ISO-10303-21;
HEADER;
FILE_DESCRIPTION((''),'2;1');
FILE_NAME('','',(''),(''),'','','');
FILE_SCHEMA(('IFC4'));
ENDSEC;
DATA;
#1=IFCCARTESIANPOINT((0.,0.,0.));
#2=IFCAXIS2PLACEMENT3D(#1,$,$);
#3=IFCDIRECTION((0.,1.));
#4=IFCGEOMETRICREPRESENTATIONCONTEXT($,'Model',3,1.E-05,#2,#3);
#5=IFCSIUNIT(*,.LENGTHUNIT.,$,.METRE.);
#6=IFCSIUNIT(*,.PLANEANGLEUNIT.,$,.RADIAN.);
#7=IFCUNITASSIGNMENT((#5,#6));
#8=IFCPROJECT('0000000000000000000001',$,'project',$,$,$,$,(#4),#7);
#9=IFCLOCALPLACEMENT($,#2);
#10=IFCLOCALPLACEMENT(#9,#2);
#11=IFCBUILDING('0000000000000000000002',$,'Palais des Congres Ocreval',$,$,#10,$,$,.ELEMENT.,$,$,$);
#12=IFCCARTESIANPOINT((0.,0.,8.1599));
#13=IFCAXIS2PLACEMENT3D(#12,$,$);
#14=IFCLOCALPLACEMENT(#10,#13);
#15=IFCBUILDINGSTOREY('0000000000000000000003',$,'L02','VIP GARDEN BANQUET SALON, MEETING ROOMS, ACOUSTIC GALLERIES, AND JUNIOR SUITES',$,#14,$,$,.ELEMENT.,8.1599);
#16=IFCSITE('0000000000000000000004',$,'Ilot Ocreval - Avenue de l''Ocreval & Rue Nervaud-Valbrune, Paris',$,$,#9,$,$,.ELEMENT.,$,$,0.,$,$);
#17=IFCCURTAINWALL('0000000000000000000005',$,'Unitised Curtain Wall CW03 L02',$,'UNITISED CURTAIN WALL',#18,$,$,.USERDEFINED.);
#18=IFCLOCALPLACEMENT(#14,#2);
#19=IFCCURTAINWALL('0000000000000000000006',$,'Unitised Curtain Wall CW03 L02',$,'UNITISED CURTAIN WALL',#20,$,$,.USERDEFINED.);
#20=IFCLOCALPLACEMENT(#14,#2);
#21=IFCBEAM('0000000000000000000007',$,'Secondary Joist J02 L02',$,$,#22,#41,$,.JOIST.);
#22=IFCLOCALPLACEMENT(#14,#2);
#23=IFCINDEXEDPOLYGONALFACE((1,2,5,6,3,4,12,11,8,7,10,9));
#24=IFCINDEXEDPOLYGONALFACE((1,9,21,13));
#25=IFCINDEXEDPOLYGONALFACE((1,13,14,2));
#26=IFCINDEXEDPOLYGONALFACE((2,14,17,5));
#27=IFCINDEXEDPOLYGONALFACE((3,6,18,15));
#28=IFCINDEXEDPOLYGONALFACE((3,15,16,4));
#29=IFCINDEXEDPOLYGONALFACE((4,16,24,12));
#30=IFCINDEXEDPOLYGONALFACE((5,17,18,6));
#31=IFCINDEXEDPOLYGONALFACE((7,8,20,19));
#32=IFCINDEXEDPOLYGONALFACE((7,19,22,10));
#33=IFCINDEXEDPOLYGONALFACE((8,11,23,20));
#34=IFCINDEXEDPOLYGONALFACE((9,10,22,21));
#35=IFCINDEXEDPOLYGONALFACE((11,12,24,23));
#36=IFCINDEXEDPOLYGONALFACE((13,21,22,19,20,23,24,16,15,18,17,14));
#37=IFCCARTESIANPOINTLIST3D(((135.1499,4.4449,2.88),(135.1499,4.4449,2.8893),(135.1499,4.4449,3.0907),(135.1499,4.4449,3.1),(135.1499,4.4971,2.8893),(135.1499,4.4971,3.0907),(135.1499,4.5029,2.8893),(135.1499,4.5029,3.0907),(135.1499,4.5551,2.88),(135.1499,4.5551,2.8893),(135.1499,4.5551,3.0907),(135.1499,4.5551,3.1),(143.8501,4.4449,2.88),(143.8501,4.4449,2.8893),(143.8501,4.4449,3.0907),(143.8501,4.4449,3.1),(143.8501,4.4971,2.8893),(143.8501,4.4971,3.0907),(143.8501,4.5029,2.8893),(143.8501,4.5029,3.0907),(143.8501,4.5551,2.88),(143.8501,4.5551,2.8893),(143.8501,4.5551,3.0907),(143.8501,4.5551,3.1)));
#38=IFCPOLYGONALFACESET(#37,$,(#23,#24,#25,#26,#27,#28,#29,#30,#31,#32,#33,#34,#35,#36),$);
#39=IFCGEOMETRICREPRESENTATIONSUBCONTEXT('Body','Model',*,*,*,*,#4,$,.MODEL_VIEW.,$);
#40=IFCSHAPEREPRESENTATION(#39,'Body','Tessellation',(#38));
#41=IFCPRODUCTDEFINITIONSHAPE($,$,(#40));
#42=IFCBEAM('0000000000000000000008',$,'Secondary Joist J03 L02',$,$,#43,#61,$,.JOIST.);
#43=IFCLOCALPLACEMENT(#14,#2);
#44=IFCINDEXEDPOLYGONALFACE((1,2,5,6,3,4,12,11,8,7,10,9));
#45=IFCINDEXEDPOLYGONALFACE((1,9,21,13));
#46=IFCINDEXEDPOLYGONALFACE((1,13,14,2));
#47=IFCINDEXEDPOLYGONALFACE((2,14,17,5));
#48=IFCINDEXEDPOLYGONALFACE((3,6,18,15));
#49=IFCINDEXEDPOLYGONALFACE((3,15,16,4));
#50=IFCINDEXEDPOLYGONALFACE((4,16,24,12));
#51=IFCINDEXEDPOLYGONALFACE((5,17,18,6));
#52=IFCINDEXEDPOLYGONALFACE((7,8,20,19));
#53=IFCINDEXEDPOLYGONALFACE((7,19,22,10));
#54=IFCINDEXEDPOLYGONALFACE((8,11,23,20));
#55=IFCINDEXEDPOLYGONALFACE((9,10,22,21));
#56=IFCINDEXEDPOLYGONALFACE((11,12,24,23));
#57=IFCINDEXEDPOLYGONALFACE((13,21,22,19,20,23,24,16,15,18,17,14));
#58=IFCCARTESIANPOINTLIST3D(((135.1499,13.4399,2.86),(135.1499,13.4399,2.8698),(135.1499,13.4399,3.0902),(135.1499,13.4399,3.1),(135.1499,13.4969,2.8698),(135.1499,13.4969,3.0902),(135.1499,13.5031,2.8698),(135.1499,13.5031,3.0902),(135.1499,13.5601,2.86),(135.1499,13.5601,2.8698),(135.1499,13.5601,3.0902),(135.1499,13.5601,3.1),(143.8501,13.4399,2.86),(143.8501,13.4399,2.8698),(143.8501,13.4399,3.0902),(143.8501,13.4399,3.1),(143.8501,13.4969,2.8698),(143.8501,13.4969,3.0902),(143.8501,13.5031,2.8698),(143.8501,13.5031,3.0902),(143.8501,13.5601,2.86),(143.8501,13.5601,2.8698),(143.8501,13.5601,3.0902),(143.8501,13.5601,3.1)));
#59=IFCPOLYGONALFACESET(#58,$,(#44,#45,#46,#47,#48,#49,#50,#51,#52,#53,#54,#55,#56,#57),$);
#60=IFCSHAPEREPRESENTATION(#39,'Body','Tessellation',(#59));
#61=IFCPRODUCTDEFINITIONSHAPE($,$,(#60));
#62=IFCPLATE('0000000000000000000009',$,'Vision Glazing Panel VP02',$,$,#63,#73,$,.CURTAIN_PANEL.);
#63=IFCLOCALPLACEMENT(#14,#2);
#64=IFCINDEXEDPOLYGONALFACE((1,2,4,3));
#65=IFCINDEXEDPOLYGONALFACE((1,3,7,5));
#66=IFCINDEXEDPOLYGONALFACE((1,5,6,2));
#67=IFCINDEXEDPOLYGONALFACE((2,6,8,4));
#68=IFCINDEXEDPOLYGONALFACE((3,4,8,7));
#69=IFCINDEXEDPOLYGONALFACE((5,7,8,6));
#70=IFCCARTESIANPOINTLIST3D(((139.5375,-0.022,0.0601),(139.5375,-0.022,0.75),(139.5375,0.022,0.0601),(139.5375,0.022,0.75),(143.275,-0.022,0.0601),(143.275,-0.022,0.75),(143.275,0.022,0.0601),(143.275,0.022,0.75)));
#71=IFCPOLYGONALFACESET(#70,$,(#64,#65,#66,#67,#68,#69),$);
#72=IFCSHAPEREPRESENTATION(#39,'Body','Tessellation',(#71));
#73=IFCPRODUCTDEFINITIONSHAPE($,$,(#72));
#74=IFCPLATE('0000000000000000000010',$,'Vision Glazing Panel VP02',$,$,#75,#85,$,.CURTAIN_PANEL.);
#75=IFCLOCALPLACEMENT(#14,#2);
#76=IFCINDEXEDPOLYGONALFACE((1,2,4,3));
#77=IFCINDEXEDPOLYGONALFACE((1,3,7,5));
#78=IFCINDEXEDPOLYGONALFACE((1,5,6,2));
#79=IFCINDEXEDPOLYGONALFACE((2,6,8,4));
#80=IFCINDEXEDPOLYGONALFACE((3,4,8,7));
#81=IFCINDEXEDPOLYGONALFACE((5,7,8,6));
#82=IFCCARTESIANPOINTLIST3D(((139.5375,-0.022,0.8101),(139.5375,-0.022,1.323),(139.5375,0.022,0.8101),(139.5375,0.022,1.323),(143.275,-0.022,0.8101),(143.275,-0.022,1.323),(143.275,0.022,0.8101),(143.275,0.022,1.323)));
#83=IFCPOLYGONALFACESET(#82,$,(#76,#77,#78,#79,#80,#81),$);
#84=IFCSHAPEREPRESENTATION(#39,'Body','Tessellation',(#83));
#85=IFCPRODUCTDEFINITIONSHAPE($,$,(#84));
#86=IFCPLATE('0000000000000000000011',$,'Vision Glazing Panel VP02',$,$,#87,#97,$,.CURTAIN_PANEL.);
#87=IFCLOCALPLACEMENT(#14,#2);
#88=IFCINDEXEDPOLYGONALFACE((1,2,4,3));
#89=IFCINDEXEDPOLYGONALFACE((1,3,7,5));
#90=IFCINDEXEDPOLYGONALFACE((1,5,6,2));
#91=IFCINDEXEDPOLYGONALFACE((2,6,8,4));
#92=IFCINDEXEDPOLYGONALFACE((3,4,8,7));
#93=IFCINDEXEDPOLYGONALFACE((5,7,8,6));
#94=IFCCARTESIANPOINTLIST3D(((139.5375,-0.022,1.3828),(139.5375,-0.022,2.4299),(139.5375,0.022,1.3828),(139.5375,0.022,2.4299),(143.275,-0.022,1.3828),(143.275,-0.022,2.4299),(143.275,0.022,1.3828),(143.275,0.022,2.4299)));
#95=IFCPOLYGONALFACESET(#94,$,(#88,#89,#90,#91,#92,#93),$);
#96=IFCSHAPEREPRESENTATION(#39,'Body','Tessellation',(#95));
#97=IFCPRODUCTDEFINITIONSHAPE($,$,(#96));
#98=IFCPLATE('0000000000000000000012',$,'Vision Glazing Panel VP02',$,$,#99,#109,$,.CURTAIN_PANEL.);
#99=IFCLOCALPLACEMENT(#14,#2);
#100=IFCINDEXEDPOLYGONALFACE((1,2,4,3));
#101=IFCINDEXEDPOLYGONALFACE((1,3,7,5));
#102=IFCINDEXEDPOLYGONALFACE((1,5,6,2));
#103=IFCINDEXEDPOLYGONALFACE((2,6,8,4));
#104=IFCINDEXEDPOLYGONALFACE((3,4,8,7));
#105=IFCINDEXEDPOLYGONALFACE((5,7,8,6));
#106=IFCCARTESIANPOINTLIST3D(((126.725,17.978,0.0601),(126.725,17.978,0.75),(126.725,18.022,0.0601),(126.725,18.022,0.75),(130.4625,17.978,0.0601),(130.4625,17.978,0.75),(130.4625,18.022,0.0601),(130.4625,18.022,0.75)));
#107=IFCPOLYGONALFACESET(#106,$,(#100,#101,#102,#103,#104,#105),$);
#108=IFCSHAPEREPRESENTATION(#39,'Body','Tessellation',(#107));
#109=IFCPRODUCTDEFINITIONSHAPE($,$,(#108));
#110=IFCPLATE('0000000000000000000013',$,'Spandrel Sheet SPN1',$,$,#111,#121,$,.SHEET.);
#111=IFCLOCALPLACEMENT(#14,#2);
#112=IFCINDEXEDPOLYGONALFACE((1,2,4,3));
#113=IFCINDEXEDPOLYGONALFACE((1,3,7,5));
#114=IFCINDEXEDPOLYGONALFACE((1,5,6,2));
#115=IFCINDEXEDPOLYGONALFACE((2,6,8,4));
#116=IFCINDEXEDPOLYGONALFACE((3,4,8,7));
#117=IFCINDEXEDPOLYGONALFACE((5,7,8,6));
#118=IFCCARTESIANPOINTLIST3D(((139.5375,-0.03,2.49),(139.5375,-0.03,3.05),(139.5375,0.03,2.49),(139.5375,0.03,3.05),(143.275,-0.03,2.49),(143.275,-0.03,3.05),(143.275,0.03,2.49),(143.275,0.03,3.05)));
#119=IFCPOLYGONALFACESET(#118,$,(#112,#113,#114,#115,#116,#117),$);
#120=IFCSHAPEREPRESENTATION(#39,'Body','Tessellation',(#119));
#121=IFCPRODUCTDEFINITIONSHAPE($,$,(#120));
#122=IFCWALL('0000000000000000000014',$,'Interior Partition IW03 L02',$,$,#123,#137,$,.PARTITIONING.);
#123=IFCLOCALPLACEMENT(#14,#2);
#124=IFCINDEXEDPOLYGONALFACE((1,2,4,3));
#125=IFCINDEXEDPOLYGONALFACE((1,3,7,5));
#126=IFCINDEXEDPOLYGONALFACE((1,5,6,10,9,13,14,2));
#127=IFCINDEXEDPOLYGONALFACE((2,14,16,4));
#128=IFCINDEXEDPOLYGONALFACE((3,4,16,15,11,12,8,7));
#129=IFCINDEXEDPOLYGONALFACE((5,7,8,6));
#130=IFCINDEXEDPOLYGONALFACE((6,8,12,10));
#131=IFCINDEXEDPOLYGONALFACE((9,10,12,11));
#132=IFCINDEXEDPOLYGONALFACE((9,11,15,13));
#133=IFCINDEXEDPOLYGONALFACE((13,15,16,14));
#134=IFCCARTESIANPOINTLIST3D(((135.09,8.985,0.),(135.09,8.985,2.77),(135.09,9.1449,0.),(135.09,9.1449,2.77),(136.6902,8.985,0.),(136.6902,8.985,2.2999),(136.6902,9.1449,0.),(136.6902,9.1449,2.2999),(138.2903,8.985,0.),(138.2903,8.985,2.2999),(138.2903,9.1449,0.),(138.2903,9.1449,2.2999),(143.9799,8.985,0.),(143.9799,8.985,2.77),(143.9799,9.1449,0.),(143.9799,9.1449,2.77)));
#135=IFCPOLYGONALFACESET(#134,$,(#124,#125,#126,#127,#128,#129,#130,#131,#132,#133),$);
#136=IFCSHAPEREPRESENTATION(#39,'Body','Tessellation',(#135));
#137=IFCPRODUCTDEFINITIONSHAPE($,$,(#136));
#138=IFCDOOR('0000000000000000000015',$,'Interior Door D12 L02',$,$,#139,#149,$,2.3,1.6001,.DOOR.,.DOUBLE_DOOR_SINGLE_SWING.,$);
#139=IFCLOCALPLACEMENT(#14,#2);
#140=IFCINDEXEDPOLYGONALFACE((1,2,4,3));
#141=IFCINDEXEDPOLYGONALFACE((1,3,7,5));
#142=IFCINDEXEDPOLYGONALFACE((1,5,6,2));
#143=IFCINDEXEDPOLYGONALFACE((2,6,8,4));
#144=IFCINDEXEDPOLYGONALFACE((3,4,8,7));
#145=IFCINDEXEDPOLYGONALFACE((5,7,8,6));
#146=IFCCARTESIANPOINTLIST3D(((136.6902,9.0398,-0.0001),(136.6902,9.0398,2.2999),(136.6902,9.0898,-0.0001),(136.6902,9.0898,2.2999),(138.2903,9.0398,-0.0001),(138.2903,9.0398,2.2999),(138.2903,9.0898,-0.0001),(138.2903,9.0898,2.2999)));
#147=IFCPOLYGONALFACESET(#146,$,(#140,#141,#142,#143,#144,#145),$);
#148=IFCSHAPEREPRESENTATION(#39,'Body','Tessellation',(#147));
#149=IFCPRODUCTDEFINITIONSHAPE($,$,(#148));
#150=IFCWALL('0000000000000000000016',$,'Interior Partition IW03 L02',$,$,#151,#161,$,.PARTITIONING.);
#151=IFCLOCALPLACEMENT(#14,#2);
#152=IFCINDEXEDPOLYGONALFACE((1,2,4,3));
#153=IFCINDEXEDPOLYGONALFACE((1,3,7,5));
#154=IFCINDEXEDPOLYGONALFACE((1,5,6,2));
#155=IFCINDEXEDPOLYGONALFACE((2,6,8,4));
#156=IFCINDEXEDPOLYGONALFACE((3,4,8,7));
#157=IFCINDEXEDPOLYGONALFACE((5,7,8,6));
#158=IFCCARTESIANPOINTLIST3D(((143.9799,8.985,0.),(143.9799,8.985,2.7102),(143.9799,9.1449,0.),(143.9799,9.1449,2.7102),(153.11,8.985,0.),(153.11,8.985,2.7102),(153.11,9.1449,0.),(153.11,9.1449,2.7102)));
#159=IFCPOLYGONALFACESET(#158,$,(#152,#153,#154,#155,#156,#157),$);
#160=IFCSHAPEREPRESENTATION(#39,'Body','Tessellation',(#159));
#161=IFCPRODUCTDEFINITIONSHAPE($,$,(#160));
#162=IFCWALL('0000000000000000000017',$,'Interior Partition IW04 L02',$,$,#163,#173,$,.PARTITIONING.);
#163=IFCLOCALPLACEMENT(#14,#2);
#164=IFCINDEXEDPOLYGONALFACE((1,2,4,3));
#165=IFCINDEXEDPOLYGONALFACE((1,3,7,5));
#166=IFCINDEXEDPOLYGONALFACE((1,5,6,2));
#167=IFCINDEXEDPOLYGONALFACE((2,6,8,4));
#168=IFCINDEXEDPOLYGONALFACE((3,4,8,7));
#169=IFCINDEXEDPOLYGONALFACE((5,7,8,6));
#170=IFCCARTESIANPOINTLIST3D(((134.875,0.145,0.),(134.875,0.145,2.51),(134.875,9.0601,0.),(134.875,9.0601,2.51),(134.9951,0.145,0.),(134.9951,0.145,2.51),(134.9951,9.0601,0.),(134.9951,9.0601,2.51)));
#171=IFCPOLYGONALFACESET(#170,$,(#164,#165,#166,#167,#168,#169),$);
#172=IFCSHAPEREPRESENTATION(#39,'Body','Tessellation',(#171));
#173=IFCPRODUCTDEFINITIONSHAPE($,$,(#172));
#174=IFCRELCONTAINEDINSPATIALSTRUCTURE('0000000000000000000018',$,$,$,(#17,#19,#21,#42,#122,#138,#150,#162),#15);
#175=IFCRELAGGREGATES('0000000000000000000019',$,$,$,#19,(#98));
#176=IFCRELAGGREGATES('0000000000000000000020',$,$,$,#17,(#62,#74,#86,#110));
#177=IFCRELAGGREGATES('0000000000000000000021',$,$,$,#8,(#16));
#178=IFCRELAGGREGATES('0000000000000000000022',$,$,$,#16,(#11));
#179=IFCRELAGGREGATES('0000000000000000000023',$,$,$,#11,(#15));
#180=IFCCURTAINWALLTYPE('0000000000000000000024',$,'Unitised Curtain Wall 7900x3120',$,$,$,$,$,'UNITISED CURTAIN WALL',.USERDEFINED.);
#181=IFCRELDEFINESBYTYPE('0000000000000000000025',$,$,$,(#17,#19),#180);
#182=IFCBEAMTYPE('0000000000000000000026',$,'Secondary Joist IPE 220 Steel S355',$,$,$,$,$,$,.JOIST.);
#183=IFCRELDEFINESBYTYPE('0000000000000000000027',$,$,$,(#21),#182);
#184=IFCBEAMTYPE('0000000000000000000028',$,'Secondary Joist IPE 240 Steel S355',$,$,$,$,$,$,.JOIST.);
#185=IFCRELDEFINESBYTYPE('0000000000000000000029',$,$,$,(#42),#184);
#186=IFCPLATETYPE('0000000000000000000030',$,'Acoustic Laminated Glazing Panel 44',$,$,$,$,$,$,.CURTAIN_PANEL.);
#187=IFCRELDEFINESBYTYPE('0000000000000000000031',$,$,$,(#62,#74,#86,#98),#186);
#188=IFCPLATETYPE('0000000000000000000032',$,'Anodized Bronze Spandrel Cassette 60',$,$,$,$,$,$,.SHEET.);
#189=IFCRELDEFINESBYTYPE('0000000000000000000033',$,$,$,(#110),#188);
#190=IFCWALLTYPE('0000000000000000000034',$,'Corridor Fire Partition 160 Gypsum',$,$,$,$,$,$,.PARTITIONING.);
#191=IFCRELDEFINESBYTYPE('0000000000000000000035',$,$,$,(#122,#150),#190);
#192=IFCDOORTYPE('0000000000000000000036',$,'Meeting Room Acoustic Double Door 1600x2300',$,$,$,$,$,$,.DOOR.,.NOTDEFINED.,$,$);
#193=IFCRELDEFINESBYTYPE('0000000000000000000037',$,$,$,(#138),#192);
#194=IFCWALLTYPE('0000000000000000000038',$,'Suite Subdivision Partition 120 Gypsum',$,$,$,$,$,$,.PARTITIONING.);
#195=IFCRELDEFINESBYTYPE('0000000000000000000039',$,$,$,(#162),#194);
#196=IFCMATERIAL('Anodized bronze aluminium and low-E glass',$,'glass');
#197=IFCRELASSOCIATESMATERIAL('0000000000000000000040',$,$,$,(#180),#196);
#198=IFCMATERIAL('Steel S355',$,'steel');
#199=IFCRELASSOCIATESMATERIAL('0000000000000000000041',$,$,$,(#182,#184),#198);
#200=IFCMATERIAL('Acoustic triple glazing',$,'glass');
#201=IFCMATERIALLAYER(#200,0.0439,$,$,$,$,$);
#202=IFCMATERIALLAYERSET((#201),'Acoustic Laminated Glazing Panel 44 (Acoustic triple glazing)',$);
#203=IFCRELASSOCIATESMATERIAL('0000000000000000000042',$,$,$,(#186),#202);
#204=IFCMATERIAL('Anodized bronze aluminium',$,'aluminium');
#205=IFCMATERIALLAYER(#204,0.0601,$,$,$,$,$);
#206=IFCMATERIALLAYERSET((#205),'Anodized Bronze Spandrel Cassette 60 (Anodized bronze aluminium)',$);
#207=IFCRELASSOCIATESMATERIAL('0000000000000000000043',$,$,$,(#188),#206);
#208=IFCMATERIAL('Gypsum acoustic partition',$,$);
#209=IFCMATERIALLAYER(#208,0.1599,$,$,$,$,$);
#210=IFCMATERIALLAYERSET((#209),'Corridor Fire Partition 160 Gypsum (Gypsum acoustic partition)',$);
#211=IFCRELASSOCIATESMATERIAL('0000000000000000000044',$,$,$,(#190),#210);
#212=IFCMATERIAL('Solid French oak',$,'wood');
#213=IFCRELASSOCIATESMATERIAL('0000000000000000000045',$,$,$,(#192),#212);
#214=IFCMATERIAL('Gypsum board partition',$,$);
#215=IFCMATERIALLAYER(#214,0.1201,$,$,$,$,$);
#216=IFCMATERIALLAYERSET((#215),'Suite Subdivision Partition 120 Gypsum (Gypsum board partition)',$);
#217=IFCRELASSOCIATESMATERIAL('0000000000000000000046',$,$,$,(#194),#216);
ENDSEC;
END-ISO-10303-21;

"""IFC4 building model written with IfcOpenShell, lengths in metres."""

from ifc_helpers import new_model, si_unit, direction, frame, frame_2d, origin, origin_2d, place, context, subcontext, project, spatial, rectangle, i_section, extrude, material, layer, layer_set, material_profile, profile_set, type_object, element, fill, aggregate, save


model = new_model("IFC4")

# Units and contexts
model_context = context("Model", 3, precision=1e-05, world=origin(), true_north=direction((0.0, 1.0)))
body_context = subcontext(model_context, "Body", "Model", "MODEL_VIEW")
ifc_project = project(units=[si_unit("LENGTHUNIT", "METRE"), si_unit("PLANEANGLEUNIT", "RADIAN")], contexts=[model_context])

# Site, building, storey
site_placement = place(None, origin())
site = spatial("IfcSite", under=ifc_project, at=site_placement, Name="Ilot Ocreval - Avenue de l'Ocreval & Rue Nervaud-Valbrune, Paris", CompositionType="ELEMENT", RefElevation=0.0)
building_placement = place(site_placement, origin())
building = spatial("IfcBuilding", under=site, at=building_placement, Name="Palais des Congres Ocreval", CompositionType="ELEMENT")
storey_placement = place(building_placement, frame((0.0, 0.0, 8.1599)))
storey = spatial("IfcBuildingStorey", under=building, at=storey_placement, Name="L02", Description="VIP GARDEN BANQUET SALON, MEETING ROOMS, ACOUSTIC GALLERIES, AND JUNIOR SUITES", CompositionType="ELEMENT", Elevation=8.1599)

# Shared definitions
ifc_material_1 = material(Name="Steel S355", Category="steel")

# Curtain wall
ifc_material_2 = material(Name="Anodized bronze aluminium and low-E glass", Category="glass")
curtain_wall_type = type_object("IfcCurtainWallType", Name="Unitised Curtain Wall 7900x3120", ElementType="UNITISED CURTAIN WALL", PredefinedType="USERDEFINED", material=ifc_material_2)
curtain_wall_1_placement = place(storey_placement, origin())
curtain_wall_1 = element("IfcCurtainWall", 1, at=curtain_wall_1_placement, inside=storey, type_object=curtain_wall_type, Name="Unitised Curtain Wall CW03 L02", ObjectType="UNITISED CURTAIN WALL", PredefinedType="USERDEFINED")
ifc_material_3 = material(Name="Anodized bronze aluminium", Category="aluminium")

# Curtain wall
curtain_wall_2_placement = place(storey_placement, origin())
curtain_wall_2 = element("IfcCurtainWall", 2, at=curtain_wall_2_placement, inside=storey, type_object=curtain_wall_type, Name="Unitised Curtain Wall CW03 L02", ObjectType="UNITISED CURTAIN WALL", PredefinedType="USERDEFINED")

# Beams
ifc_material_profile_1 = material_profile(ifc_material_1, i_section(OverallWidth=0.1101, OverallDepth=0.22, WebThickness=0.0059, FlangeThickness=0.0093, at=origin_2d()), Name="IPE 220")
ifc_profile_set_1 = profile_set([ifc_material_profile_1], Name="Steel S355")
beam_type_1 = type_object("IfcBeamType", Name="Secondary Joist IPE 220 Steel S355", PredefinedType="JOIST", material=ifc_profile_set_1)
beam_1_placement = place(storey_placement, frame((135.1499, 4.5, 2.99), z_axis=(1.0, 0.0, 0.0), x_axis=(0.0, 1.0, 0.0)))
element("IfcBeam", 3, at=beam_1_placement, inside=storey, type_object=beam_type_1, Name="Secondary Joist J02 L02", PredefinedType="JOIST", context=body_context, shape_type="SweptSolid", body=[
    extrude(i_section(OverallWidth=0.1101, OverallDepth=0.22, WebThickness=0.0059, FlangeThickness=0.0093, at=origin_2d()), origin(), (0.0, 0.0, 1.0), 8.7002),
])
ifc_material_profile_2 = material_profile(ifc_material_1, i_section(OverallWidth=0.1201, OverallDepth=0.24, WebThickness=0.0061, FlangeThickness=0.0098, at=origin_2d()), Name="IPE 240")
ifc_profile_set_2 = profile_set([ifc_material_profile_2], Name="Steel S355")
beam_type_2 = type_object("IfcBeamType", Name="Secondary Joist IPE 240 Steel S355", PredefinedType="JOIST", material=ifc_profile_set_2)
beam_2_placement = place(storey_placement, frame((135.1499, 13.5, 2.98), z_axis=(1.0, 0.0, 0.0), x_axis=(0.0, 1.0, 0.0)))
element("IfcBeam", 4, at=beam_2_placement, inside=storey, type_object=beam_type_2, Name="Secondary Joist J03 L02", PredefinedType="JOIST", context=body_context, shape_type="SweptSolid", body=[
    extrude(i_section(OverallWidth=0.1201, OverallDepth=0.24, WebThickness=0.0061, FlangeThickness=0.0098, at=origin_2d()), origin(), (0.0, 0.0, 1.0), 8.7002),
])

# Plates
ifc_material_4 = material(Name="Acoustic triple glazing", Category="glass")
ifc_layer_1 = layer(ifc_material_4, 0.0439)
ifc_layer_set_1 = layer_set([ifc_layer_1], Name="Acoustic Laminated Glazing Panel 44 (Acoustic triple glazing)")
plate_type_1 = type_object("IfcPlateType", Name="Acoustic Laminated Glazing Panel 44", PredefinedType="CURTAIN_PANEL", material=ifc_layer_set_1)
plate_1_placement = place(storey_placement, frame((141.4062, 0.0, 0.0601), z_axis=(0.0, 0.0, 1.0), x_axis=(-1.0, 0.0, 0.0)))
plate_1 = element("IfcPlate", 5, at=plate_1_placement, type_object=plate_type_1, Name="Vision Glazing Panel VP02", PredefinedType="CURTAIN_PANEL", context=body_context, shape_type="SweptSolid", body=[
    extrude(rectangle(XDim=3.7375, YDim=0.0439, at=origin_2d()), origin(), (0.0, 0.0, 1.0), 0.6899),
])
plate_2_placement = place(storey_placement, frame((141.4062, 0.0, 0.8101), z_axis=(0.0, 0.0, 1.0), x_axis=(-1.0, 0.0, 0.0)))
plate_2 = element("IfcPlate", 6, at=plate_2_placement, type_object=plate_type_1, Name="Vision Glazing Panel VP02", PredefinedType="CURTAIN_PANEL", context=body_context, shape_type="SweptSolid", body=[
    extrude(rectangle(XDim=3.7375, YDim=0.0439, at=origin_2d()), origin(), (0.0, 0.0, 1.0), 0.5129),
])
plate_3_placement = place(storey_placement, frame((141.4062, 0.0, 1.3828), z_axis=(0.0, 0.0, 1.0), x_axis=(-1.0, 0.0, 0.0)))
plate_3 = element("IfcPlate", 7, at=plate_3_placement, type_object=plate_type_1, Name="Vision Glazing Panel VP02", PredefinedType="CURTAIN_PANEL", context=body_context, shape_type="SweptSolid", body=[
    extrude(rectangle(XDim=3.7375, YDim=0.0439, at=origin_2d()), origin(), (0.0, 0.0, 1.0), 1.0471),
])
plate_4_placement = place(storey_placement, frame((128.5938, 18.0, 0.0601), z_axis=(0.0, 0.0, 1.0), x_axis=(1.0, 0.0, 0.0)))
plate_4 = element("IfcPlate", 8, at=plate_4_placement, type_object=plate_type_1, Name="Vision Glazing Panel VP02", PredefinedType="CURTAIN_PANEL", context=body_context, shape_type="SweptSolid", body=[
    extrude(rectangle(XDim=3.7375, YDim=0.0439, at=origin_2d()), origin(), (0.0, 0.0, 1.0), 0.6899),
])
aggregate(curtain_wall_2, [plate_4])
ifc_layer_2 = layer(ifc_material_3, 0.0601)
ifc_layer_set_2 = layer_set([ifc_layer_2], Name="Anodized Bronze Spandrel Cassette 60 (Anodized bronze aluminium)")
plate_type_2 = type_object("IfcPlateType", Name="Anodized Bronze Spandrel Cassette 60", PredefinedType="SHEET", material=ifc_layer_set_2)
plate_5_placement = place(storey_placement, frame((141.4062, 0.0, 2.49), z_axis=(0.0, 0.0, 1.0), x_axis=(-1.0, 0.0, 0.0)))
plate_5 = element("IfcPlate", 9, at=plate_5_placement, type_object=plate_type_2, Name="Spandrel Sheet SPN1", PredefinedType="SHEET", context=body_context, shape_type="SweptSolid", body=[
    extrude(rectangle(XDim=3.7375, YDim=0.0601, at=origin_2d()), origin(), (0.0, 0.0, 1.0), 0.5601),
])
aggregate(curtain_wall_1, [plate_1, plate_2, plate_3, plate_5])

# Wall, opening, door
ifc_material_5 = material(Name="Gypsum acoustic partition")
ifc_layer_3 = layer(ifc_material_5, 0.1599)
ifc_layer_set_3 = layer_set([ifc_layer_3], Name="Corridor Fire Partition 160 Gypsum (Gypsum acoustic partition)")
wall_type_1 = type_object("IfcWallType", Name="Corridor Fire Partition 160 Gypsum", PredefinedType="PARTITIONING", material=ifc_layer_set_3)
wall_1_placement = place(storey_placement, frame((135.0901, 9.0649, 0.0), z_axis=(0.0, 0.0, 1.0), x_axis=(1.0, 0.0, 0.0)))
wall_1 = element("IfcWall", 10, at=wall_1_placement, inside=storey, type_object=wall_type_1, Name="Interior Partition IW03 L02", PredefinedType="PARTITIONING", context=body_context, shape_type="SweptSolid", body=[
    extrude(rectangle(XDim=8.8899, YDim=0.1599, at=frame_2d((4.4448, 0.0))), origin(), (0.0, 0.0, 1.0), 2.77),
])
opening_placement = place(wall_1_placement, frame((1.6001, 0.0, 0.0)))
opening = element("IfcOpeningElement", 11, at=opening_placement, cuts=wall_1, PredefinedType="OPENING", context=body_context, shape_type="SweptSolid", body=[
    extrude(rectangle(XDim=1.6001, YDim=2.3, at=frame_2d((0.8, 1.1499))), frame((0.0, 0.0898, 0.0), z_axis=(0.0, -1.0, 0.0), x_axis=(1.0, 0.0, 0.0)), (0.0, 0.0, 1.0), 0.1799),
])
ifc_material_6 = material(Name="Solid French oak", Category="wood")
door_type = type_object("IfcDoorType", Name="Meeting Room Acoustic Double Door 1600x2300", OperationType="NOTDEFINED", PredefinedType="DOOR", material=ifc_material_6)
door_placement = place(opening_placement, origin())
door = element("IfcDoor", 12, at=door_placement, inside=storey, type_object=door_type, Name="Interior Door D12 L02", OperationType="DOUBLE_DOOR_SINGLE_SWING", OverallHeight=2.3, OverallWidth=1.6001, PredefinedType="DOOR", context=body_context, shape_type="SweptSolid", body=[
    extrude(rectangle(XDim=1.6001, YDim=2.3, at=frame_2d((0.8, 1.1499))), frame((0.0, 0.0249, 0.0), z_axis=(0.0, -1.0, 0.0), x_axis=(1.0, 0.0, 0.0)), (0.0, 0.0, 1.0), 0.05),
])
fill(opening, door)

# Walls
wall_2_placement = place(storey_placement, frame((143.98, 9.0649, 0.0), z_axis=(0.0, 0.0, 1.0), x_axis=(1.0, 0.0, 0.0)))
element("IfcWall", 13, at=wall_2_placement, inside=storey, type_object=wall_type_1, Name="Interior Partition IW03 L02", PredefinedType="PARTITIONING", context=body_context, shape_type="SweptSolid", body=[
    extrude(rectangle(XDim=9.1301, YDim=0.1599, at=frame_2d((4.5649, 0.0))), origin(), (0.0, 0.0, 1.0), 2.7102),
])
ifc_material_7 = material(Name="Gypsum board partition")
ifc_layer_4 = layer(ifc_material_7, 0.1201)
ifc_layer_set_4 = layer_set([ifc_layer_4], Name="Suite Subdivision Partition 120 Gypsum (Gypsum board partition)")
wall_type_2 = type_object("IfcWallType", Name="Suite Subdivision Partition 120 Gypsum", PredefinedType="PARTITIONING", material=ifc_layer_set_4)
wall_3_placement = place(storey_placement, frame((134.9351, 0.145, 0.0), z_axis=(0.0, 0.0, 1.0), x_axis=(0.0, 1.0, 0.0)))
element("IfcWall", 14, at=wall_3_placement, inside=storey, type_object=wall_type_2, Name="Interior Partition IW04 L02", PredefinedType="PARTITIONING", context=body_context, shape_type="SweptSolid", body=[
    extrude(rectangle(XDim=8.915, YDim=0.1201, at=frame_2d((4.4575, 0.0))), origin(), (0.0, 0.0, 1.0), 2.51),
])

save(model, "model.ifc")
